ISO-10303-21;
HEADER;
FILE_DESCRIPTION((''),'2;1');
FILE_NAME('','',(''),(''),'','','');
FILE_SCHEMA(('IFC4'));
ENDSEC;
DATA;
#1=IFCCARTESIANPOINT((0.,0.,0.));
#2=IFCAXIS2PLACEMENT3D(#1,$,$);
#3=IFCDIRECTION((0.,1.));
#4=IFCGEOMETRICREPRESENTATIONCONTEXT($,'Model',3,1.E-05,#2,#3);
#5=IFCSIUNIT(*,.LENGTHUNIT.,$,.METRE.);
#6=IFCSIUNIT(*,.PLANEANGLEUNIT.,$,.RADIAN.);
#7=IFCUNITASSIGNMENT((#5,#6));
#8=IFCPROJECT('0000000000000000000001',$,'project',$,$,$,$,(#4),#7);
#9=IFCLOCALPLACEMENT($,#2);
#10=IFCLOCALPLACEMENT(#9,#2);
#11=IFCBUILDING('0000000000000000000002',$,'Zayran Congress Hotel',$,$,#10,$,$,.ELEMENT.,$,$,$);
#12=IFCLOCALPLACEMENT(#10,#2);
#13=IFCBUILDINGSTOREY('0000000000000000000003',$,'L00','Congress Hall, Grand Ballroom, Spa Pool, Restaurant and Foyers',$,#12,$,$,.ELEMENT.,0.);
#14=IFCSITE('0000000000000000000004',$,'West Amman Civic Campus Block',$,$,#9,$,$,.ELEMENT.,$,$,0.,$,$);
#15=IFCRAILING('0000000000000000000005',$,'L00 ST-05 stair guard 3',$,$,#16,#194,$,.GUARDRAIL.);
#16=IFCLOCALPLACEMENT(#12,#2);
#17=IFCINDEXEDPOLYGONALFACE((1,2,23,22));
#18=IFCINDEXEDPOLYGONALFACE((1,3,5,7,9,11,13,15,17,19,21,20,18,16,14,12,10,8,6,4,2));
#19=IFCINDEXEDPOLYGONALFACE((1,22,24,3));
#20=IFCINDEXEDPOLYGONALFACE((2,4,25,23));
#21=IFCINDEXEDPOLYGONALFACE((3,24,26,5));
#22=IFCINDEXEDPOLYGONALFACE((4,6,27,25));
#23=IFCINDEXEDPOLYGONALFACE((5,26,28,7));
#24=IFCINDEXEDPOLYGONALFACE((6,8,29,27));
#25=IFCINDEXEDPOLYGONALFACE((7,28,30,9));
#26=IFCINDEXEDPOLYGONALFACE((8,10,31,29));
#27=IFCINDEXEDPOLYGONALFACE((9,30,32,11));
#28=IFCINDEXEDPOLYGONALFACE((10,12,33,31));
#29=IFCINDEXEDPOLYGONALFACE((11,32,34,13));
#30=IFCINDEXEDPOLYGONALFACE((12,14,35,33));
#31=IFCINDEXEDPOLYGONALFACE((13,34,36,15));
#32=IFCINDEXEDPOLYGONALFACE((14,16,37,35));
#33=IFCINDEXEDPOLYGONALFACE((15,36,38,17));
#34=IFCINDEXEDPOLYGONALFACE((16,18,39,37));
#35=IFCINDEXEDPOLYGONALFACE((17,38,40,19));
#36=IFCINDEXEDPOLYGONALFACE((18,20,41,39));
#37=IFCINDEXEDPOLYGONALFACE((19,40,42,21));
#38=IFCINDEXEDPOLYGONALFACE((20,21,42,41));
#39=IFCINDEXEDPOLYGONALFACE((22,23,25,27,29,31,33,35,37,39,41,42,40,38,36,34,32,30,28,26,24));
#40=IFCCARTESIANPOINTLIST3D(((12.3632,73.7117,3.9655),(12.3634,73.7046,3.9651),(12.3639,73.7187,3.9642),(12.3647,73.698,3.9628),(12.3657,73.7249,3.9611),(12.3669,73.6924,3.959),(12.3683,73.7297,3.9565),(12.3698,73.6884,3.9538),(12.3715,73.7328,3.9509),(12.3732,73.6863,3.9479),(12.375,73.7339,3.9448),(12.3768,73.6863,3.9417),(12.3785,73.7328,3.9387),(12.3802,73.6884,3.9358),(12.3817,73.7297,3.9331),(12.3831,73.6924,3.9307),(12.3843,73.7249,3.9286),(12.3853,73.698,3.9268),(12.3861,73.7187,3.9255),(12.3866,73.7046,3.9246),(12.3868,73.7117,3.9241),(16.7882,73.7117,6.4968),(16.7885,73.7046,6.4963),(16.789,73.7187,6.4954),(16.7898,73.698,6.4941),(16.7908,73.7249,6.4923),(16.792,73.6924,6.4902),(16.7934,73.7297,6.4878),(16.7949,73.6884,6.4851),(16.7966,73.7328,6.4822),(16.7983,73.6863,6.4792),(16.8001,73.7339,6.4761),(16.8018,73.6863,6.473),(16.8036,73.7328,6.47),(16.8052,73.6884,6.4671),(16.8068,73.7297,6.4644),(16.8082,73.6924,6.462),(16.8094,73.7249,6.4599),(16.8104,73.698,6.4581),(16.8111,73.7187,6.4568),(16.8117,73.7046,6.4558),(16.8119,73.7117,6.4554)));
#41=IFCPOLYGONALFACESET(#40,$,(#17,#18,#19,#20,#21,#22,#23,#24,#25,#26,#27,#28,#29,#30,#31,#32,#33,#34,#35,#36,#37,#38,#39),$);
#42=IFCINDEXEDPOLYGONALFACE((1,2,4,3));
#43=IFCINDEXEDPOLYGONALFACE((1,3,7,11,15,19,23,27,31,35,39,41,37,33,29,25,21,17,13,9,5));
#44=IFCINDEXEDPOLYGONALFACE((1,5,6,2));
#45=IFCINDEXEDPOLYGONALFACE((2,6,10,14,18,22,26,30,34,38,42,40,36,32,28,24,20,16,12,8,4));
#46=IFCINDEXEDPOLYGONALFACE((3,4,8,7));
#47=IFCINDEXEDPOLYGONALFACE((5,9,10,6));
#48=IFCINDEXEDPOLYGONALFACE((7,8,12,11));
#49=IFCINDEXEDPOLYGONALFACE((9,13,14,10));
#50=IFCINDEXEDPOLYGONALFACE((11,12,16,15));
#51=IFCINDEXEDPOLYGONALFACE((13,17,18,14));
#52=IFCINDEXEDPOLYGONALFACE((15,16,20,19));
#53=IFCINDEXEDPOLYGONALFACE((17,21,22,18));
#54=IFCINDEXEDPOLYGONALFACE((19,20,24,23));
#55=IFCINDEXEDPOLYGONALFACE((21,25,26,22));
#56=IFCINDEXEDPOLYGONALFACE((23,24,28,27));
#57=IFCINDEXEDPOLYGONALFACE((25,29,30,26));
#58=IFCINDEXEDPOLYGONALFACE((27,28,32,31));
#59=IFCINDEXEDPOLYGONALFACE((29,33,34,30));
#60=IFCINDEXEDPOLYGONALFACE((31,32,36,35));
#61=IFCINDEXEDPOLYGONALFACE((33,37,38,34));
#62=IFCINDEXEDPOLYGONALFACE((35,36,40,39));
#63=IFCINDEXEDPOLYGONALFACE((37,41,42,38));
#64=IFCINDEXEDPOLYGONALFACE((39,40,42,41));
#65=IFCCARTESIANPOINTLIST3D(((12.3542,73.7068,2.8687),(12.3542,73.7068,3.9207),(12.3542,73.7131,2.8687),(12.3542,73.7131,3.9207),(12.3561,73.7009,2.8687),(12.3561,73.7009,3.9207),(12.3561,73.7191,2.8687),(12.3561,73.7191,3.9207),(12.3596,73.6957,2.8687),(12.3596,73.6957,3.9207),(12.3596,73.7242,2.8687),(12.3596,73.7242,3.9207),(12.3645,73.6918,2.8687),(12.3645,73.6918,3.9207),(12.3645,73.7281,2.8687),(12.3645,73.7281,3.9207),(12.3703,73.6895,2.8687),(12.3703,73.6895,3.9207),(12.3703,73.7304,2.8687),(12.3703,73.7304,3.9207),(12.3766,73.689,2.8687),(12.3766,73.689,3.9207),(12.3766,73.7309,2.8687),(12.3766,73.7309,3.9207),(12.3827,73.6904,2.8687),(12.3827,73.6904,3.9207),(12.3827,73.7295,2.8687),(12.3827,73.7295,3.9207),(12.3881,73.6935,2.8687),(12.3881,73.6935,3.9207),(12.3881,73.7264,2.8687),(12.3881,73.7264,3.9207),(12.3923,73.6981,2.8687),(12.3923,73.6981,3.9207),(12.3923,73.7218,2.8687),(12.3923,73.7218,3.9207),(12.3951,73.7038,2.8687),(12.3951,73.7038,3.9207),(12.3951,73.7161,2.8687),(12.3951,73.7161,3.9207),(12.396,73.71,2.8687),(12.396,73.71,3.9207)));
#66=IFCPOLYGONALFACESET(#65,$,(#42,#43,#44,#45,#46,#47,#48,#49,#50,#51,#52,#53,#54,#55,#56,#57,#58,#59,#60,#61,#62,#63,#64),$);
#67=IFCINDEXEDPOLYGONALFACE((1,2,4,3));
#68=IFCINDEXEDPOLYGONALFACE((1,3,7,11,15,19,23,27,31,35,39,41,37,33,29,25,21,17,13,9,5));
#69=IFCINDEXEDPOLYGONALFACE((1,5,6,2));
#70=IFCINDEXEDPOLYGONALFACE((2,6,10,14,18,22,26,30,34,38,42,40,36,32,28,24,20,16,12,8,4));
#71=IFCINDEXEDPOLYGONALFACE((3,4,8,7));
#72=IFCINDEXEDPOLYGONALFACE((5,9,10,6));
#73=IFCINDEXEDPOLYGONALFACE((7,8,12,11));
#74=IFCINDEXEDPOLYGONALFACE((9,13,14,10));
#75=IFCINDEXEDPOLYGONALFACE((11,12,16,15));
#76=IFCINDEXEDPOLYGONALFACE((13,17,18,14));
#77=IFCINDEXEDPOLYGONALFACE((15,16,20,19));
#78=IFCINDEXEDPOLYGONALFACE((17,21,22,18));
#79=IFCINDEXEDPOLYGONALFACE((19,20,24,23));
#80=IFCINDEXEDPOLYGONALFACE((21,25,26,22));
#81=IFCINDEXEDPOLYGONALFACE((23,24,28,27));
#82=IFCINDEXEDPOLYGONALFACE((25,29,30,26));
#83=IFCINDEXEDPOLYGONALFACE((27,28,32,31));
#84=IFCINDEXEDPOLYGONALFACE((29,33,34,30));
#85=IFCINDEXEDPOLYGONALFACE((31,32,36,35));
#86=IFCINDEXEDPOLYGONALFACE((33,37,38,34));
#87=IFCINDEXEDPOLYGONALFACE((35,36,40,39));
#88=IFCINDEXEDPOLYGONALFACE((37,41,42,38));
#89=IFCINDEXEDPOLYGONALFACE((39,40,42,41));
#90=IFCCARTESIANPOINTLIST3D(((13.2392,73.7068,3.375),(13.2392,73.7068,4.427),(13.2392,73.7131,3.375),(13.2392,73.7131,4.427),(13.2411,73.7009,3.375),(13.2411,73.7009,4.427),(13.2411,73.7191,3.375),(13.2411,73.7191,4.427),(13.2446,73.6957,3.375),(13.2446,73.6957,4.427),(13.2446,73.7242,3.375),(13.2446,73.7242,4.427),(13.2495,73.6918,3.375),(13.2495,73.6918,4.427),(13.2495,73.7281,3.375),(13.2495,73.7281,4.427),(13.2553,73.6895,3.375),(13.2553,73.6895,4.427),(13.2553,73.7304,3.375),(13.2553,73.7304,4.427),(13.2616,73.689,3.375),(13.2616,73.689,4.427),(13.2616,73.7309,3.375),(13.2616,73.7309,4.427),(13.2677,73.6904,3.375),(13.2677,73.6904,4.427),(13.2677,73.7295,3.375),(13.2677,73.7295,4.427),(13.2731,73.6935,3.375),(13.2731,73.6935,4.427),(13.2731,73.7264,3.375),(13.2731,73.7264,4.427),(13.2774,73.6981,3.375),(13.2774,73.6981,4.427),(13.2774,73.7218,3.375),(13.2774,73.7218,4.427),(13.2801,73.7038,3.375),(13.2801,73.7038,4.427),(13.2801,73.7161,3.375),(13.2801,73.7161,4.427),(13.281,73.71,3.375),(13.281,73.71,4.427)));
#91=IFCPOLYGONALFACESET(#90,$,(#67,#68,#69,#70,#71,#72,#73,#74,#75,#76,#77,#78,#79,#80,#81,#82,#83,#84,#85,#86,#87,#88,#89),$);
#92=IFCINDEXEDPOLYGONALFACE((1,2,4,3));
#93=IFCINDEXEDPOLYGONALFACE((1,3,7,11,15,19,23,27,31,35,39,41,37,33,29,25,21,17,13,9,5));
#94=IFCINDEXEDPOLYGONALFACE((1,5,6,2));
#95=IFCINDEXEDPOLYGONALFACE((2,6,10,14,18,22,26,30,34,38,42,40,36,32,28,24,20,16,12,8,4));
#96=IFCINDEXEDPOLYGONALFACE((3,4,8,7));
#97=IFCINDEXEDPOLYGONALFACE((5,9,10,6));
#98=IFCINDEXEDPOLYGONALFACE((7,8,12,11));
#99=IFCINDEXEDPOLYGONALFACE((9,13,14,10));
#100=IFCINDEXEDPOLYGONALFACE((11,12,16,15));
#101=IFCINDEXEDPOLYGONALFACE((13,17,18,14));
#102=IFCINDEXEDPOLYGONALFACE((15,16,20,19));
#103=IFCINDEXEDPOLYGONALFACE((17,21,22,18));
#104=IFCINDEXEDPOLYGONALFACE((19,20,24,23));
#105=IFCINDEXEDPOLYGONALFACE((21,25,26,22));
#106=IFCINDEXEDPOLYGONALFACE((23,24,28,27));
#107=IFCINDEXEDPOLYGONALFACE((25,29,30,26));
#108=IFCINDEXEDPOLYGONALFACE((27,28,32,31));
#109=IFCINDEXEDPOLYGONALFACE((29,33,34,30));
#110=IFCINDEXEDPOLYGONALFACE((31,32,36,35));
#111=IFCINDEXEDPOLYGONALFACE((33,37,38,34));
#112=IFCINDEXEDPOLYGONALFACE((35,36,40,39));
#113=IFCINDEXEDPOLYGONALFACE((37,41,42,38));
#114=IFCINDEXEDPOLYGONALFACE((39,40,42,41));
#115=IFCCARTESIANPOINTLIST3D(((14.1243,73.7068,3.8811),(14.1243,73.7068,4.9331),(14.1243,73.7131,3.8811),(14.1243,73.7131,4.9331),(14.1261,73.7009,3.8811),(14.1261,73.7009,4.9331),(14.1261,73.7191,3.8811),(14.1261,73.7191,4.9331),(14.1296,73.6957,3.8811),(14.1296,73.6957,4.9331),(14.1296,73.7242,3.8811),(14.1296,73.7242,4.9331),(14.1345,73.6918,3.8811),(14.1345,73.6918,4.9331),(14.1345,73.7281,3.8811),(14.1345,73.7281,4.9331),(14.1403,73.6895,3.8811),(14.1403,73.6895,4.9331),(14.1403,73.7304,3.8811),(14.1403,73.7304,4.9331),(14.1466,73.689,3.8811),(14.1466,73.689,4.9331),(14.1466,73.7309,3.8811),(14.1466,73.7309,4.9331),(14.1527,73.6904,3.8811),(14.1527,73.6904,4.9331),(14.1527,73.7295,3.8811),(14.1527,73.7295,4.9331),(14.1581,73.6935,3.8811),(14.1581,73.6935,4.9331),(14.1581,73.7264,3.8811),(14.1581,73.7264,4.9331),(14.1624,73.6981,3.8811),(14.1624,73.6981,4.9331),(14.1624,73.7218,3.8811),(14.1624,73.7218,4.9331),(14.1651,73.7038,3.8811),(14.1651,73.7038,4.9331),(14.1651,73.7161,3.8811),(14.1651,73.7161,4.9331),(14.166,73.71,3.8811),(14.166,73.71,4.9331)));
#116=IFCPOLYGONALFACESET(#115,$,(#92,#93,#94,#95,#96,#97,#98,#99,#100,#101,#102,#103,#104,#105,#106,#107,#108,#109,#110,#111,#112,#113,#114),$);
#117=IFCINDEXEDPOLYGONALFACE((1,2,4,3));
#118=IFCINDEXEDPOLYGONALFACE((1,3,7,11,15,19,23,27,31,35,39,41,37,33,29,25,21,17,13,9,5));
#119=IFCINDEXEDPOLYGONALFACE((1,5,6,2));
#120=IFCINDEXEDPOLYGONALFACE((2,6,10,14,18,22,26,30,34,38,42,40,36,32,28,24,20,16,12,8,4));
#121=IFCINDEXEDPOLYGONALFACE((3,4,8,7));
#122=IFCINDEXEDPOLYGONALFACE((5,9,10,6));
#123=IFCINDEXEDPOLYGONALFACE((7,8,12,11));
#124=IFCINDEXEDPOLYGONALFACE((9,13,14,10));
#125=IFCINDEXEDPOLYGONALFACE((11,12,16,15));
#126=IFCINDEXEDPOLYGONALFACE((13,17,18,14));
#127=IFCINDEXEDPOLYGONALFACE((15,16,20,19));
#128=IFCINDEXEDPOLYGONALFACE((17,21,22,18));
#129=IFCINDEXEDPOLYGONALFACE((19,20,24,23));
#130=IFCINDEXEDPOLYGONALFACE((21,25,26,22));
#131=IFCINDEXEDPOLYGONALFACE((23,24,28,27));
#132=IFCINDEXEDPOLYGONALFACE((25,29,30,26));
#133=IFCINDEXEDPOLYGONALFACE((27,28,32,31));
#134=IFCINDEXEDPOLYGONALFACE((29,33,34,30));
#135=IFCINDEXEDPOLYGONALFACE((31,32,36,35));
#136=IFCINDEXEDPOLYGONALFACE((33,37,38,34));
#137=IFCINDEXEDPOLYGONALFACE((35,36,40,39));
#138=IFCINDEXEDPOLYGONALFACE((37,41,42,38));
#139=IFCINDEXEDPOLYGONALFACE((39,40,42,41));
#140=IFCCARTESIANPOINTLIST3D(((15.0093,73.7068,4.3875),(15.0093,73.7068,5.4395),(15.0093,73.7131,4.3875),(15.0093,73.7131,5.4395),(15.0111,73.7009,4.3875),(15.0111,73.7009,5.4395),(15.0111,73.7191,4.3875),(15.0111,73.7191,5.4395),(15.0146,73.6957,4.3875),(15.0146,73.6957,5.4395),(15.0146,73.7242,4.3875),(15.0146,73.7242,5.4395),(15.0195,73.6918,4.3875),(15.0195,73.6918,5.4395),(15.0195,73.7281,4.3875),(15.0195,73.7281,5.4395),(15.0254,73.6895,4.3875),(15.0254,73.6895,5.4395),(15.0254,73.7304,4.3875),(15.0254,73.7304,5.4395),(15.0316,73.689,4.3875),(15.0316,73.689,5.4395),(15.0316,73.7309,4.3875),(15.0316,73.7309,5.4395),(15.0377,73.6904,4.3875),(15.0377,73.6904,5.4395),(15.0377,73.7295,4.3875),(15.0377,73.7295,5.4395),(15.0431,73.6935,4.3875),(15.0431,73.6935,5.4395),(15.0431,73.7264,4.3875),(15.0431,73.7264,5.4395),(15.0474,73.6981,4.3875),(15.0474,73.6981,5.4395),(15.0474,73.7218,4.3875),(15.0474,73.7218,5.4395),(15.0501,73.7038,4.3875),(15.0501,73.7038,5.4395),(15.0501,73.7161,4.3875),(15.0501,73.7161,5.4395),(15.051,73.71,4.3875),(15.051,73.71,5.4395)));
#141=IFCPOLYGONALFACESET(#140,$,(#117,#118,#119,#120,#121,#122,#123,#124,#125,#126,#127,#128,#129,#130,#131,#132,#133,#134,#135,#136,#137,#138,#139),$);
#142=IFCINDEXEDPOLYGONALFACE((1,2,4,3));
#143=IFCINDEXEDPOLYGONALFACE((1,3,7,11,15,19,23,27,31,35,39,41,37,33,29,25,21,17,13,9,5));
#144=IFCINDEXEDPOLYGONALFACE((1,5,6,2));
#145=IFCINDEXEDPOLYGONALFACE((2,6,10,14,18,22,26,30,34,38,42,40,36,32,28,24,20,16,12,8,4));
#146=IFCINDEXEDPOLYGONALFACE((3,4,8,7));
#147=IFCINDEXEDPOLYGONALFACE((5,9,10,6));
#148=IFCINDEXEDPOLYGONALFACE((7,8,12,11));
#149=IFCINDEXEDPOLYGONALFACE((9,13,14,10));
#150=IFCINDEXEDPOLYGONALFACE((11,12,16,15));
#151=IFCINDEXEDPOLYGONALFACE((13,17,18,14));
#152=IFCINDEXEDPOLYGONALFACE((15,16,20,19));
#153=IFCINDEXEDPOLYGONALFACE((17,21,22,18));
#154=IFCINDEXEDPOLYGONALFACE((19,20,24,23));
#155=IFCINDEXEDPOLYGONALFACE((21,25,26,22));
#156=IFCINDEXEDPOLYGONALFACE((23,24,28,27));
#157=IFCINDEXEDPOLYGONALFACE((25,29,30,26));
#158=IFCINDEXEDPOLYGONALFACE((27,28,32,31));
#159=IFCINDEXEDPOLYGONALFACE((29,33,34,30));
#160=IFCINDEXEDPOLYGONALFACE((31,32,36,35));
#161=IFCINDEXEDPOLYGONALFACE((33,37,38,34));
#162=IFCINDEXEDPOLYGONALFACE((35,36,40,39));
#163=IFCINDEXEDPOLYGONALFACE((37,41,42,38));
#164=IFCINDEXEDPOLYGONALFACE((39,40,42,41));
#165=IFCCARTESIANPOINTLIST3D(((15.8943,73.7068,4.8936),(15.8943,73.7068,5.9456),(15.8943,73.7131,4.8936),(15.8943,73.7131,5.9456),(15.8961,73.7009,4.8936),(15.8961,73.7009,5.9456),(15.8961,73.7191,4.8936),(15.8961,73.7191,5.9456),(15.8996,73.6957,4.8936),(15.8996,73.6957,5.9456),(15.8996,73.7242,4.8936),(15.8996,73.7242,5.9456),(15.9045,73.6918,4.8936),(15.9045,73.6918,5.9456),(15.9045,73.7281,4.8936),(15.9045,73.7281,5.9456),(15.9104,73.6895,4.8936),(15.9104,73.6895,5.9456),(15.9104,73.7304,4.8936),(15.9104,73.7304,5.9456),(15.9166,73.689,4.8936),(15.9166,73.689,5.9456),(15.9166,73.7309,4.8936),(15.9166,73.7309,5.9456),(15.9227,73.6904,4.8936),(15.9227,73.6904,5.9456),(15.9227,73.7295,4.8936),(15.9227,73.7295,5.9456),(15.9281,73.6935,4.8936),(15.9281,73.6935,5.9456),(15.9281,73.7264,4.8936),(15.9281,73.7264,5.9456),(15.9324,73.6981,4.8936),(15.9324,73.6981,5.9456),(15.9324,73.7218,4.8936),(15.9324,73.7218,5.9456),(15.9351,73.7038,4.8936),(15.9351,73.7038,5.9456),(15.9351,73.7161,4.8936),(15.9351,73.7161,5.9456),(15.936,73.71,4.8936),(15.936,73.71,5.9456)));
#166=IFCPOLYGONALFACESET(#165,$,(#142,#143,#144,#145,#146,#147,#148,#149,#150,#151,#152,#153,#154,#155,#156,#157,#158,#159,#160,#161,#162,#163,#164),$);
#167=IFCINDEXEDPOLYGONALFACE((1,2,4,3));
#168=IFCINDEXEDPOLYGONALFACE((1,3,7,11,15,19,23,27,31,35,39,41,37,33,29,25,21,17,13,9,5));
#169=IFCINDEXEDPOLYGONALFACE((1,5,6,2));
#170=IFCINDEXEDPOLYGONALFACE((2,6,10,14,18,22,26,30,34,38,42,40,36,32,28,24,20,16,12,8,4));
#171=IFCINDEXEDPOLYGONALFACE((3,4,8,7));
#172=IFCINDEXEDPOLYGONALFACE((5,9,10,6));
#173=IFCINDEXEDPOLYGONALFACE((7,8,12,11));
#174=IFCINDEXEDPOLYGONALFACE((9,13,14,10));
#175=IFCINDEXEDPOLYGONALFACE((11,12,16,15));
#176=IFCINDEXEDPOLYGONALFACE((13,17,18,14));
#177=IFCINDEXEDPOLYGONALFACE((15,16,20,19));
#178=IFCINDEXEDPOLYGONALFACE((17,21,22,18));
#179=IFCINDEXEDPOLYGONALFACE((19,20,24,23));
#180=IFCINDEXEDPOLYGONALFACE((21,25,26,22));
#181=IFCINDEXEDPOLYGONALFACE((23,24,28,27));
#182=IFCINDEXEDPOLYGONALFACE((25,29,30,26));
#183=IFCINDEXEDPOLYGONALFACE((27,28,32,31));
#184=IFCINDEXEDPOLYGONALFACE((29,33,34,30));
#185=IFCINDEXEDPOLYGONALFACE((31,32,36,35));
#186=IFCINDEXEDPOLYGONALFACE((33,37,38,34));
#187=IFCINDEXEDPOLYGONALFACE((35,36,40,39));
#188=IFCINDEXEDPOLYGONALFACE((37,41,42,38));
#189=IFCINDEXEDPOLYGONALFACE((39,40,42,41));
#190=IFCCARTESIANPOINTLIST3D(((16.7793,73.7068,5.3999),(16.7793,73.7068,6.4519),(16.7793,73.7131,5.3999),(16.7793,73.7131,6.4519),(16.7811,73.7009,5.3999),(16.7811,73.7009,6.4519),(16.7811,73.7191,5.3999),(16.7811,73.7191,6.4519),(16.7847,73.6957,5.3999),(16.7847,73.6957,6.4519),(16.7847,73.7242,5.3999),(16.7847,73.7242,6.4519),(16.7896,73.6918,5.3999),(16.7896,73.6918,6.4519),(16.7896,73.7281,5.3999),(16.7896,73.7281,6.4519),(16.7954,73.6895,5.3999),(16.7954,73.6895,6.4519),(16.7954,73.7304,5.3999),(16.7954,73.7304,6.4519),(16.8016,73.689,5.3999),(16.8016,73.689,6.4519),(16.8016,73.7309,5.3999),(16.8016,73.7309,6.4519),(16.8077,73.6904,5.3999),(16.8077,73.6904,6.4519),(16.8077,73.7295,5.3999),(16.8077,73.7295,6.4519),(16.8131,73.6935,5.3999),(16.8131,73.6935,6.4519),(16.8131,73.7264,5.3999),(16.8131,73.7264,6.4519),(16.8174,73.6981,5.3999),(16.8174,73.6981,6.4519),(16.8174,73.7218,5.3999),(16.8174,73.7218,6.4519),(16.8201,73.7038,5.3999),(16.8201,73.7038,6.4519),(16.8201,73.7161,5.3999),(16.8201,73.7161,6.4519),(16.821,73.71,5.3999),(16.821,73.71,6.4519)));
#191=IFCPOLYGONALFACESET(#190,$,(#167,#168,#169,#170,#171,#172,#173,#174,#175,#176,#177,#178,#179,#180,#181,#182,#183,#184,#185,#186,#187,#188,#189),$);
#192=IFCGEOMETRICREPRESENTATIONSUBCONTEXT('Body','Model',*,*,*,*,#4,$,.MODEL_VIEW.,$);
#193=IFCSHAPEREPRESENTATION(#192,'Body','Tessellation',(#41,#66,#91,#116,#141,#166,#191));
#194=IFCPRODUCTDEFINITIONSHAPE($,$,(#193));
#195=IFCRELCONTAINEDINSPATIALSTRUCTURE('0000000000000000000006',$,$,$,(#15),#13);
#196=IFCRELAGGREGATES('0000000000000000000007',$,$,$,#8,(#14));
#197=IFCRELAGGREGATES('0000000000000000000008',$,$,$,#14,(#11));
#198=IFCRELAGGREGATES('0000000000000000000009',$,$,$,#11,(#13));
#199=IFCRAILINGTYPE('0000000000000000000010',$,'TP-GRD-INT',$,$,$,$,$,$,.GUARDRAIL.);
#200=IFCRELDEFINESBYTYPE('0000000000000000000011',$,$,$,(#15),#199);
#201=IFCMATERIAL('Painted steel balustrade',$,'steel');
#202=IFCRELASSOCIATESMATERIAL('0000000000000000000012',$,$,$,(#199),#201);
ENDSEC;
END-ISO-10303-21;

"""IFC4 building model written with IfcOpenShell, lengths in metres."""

from ifc_helpers import new_model, si_unit, direction, frame, origin, origin_2d, place, context, subcontext, project, spatial, circle, extrude, material, type_object, element, save


model = new_model("IFC4")

# Units and contexts
model_context = context("Model", 3, precision=1e-05, world=origin(), true_north=direction((0.0, 1.0)))
body_context = subcontext(model_context, "Body", "Model", "MODEL_VIEW")
ifc_project = project(units=[si_unit("LENGTHUNIT", "METRE"), si_unit("PLANEANGLEUNIT", "RADIAN")], contexts=[model_context])

# Site, building, storey
site_placement = place(None, origin())
site = spatial("IfcSite", under=ifc_project, at=site_placement, Name="West Amman Civic Campus Block", CompositionType="ELEMENT", RefElevation=0.0)
building_placement = place(site_placement, origin())
building = spatial("IfcBuilding", under=site, at=building_placement, Name="Zayran Congress Hotel", CompositionType="ELEMENT")
storey_placement = place(building_placement, origin())
storey = spatial("IfcBuildingStorey", under=building, at=storey_placement, Name="L00", Description="Congress Hall, Grand Ballroom, Spa Pool, Restaurant and Foyers", CompositionType="ELEMENT", Elevation=0.0)

# Railing
ifc_material_1 = material(Name="Painted steel balustrade", Category="steel")
railing_type_1 = type_object("IfcRailingType", Name="TP-GRD-INT", PredefinedType="GUARDRAIL", material=ifc_material_1)
railing_1_placement = place(storey_placement, frame((12.375, 73.71, 2.8687)))
element("IfcRailing", 1, at=railing_1_placement, inside=storey, type_object=railing_type_1, Name="L00 ST-05 stair guard 3", PredefinedType="GUARDRAIL", context=body_context, shape_type="SweptSolid", body=[
    extrude(circle(Radius=0.0239, at=origin_2d()), frame((0.0, 0.0, 1.0762), z_axis=(0.868019, 0.0, 0.496531), x_axis=(0.0, 1.0, 0.0)), (0.0, 0.0, 1.0), 5.0979),
    extrude(circle(Radius=0.021, at=origin_2d()), origin(), (0.0, 0.0, 1.0), 1.052),
    extrude(circle(Radius=0.021, at=origin_2d()), frame((0.885, 0.0, 0.5063)), (0.0, 0.0, 1.0), 1.052),
    extrude(circle(Radius=0.021, at=origin_2d()), frame((1.77, 0.0, 1.0125)), (0.0, 0.0, 1.0), 1.052),
    extrude(circle(Radius=0.021, at=origin_2d()), frame((2.655, 0.0, 1.5188)), (0.0, 0.0, 1.0), 1.052),
    extrude(circle(Radius=0.021, at=origin_2d()), frame((3.54, 0.0, 2.0249)), (0.0, 0.0, 1.0), 1.052),
    extrude(circle(Radius=0.021, at=origin_2d()), frame((4.425, 0.0, 2.5312)), (0.0, 0.0, 1.0), 1.052),
])

save(model, "model.ifc")
